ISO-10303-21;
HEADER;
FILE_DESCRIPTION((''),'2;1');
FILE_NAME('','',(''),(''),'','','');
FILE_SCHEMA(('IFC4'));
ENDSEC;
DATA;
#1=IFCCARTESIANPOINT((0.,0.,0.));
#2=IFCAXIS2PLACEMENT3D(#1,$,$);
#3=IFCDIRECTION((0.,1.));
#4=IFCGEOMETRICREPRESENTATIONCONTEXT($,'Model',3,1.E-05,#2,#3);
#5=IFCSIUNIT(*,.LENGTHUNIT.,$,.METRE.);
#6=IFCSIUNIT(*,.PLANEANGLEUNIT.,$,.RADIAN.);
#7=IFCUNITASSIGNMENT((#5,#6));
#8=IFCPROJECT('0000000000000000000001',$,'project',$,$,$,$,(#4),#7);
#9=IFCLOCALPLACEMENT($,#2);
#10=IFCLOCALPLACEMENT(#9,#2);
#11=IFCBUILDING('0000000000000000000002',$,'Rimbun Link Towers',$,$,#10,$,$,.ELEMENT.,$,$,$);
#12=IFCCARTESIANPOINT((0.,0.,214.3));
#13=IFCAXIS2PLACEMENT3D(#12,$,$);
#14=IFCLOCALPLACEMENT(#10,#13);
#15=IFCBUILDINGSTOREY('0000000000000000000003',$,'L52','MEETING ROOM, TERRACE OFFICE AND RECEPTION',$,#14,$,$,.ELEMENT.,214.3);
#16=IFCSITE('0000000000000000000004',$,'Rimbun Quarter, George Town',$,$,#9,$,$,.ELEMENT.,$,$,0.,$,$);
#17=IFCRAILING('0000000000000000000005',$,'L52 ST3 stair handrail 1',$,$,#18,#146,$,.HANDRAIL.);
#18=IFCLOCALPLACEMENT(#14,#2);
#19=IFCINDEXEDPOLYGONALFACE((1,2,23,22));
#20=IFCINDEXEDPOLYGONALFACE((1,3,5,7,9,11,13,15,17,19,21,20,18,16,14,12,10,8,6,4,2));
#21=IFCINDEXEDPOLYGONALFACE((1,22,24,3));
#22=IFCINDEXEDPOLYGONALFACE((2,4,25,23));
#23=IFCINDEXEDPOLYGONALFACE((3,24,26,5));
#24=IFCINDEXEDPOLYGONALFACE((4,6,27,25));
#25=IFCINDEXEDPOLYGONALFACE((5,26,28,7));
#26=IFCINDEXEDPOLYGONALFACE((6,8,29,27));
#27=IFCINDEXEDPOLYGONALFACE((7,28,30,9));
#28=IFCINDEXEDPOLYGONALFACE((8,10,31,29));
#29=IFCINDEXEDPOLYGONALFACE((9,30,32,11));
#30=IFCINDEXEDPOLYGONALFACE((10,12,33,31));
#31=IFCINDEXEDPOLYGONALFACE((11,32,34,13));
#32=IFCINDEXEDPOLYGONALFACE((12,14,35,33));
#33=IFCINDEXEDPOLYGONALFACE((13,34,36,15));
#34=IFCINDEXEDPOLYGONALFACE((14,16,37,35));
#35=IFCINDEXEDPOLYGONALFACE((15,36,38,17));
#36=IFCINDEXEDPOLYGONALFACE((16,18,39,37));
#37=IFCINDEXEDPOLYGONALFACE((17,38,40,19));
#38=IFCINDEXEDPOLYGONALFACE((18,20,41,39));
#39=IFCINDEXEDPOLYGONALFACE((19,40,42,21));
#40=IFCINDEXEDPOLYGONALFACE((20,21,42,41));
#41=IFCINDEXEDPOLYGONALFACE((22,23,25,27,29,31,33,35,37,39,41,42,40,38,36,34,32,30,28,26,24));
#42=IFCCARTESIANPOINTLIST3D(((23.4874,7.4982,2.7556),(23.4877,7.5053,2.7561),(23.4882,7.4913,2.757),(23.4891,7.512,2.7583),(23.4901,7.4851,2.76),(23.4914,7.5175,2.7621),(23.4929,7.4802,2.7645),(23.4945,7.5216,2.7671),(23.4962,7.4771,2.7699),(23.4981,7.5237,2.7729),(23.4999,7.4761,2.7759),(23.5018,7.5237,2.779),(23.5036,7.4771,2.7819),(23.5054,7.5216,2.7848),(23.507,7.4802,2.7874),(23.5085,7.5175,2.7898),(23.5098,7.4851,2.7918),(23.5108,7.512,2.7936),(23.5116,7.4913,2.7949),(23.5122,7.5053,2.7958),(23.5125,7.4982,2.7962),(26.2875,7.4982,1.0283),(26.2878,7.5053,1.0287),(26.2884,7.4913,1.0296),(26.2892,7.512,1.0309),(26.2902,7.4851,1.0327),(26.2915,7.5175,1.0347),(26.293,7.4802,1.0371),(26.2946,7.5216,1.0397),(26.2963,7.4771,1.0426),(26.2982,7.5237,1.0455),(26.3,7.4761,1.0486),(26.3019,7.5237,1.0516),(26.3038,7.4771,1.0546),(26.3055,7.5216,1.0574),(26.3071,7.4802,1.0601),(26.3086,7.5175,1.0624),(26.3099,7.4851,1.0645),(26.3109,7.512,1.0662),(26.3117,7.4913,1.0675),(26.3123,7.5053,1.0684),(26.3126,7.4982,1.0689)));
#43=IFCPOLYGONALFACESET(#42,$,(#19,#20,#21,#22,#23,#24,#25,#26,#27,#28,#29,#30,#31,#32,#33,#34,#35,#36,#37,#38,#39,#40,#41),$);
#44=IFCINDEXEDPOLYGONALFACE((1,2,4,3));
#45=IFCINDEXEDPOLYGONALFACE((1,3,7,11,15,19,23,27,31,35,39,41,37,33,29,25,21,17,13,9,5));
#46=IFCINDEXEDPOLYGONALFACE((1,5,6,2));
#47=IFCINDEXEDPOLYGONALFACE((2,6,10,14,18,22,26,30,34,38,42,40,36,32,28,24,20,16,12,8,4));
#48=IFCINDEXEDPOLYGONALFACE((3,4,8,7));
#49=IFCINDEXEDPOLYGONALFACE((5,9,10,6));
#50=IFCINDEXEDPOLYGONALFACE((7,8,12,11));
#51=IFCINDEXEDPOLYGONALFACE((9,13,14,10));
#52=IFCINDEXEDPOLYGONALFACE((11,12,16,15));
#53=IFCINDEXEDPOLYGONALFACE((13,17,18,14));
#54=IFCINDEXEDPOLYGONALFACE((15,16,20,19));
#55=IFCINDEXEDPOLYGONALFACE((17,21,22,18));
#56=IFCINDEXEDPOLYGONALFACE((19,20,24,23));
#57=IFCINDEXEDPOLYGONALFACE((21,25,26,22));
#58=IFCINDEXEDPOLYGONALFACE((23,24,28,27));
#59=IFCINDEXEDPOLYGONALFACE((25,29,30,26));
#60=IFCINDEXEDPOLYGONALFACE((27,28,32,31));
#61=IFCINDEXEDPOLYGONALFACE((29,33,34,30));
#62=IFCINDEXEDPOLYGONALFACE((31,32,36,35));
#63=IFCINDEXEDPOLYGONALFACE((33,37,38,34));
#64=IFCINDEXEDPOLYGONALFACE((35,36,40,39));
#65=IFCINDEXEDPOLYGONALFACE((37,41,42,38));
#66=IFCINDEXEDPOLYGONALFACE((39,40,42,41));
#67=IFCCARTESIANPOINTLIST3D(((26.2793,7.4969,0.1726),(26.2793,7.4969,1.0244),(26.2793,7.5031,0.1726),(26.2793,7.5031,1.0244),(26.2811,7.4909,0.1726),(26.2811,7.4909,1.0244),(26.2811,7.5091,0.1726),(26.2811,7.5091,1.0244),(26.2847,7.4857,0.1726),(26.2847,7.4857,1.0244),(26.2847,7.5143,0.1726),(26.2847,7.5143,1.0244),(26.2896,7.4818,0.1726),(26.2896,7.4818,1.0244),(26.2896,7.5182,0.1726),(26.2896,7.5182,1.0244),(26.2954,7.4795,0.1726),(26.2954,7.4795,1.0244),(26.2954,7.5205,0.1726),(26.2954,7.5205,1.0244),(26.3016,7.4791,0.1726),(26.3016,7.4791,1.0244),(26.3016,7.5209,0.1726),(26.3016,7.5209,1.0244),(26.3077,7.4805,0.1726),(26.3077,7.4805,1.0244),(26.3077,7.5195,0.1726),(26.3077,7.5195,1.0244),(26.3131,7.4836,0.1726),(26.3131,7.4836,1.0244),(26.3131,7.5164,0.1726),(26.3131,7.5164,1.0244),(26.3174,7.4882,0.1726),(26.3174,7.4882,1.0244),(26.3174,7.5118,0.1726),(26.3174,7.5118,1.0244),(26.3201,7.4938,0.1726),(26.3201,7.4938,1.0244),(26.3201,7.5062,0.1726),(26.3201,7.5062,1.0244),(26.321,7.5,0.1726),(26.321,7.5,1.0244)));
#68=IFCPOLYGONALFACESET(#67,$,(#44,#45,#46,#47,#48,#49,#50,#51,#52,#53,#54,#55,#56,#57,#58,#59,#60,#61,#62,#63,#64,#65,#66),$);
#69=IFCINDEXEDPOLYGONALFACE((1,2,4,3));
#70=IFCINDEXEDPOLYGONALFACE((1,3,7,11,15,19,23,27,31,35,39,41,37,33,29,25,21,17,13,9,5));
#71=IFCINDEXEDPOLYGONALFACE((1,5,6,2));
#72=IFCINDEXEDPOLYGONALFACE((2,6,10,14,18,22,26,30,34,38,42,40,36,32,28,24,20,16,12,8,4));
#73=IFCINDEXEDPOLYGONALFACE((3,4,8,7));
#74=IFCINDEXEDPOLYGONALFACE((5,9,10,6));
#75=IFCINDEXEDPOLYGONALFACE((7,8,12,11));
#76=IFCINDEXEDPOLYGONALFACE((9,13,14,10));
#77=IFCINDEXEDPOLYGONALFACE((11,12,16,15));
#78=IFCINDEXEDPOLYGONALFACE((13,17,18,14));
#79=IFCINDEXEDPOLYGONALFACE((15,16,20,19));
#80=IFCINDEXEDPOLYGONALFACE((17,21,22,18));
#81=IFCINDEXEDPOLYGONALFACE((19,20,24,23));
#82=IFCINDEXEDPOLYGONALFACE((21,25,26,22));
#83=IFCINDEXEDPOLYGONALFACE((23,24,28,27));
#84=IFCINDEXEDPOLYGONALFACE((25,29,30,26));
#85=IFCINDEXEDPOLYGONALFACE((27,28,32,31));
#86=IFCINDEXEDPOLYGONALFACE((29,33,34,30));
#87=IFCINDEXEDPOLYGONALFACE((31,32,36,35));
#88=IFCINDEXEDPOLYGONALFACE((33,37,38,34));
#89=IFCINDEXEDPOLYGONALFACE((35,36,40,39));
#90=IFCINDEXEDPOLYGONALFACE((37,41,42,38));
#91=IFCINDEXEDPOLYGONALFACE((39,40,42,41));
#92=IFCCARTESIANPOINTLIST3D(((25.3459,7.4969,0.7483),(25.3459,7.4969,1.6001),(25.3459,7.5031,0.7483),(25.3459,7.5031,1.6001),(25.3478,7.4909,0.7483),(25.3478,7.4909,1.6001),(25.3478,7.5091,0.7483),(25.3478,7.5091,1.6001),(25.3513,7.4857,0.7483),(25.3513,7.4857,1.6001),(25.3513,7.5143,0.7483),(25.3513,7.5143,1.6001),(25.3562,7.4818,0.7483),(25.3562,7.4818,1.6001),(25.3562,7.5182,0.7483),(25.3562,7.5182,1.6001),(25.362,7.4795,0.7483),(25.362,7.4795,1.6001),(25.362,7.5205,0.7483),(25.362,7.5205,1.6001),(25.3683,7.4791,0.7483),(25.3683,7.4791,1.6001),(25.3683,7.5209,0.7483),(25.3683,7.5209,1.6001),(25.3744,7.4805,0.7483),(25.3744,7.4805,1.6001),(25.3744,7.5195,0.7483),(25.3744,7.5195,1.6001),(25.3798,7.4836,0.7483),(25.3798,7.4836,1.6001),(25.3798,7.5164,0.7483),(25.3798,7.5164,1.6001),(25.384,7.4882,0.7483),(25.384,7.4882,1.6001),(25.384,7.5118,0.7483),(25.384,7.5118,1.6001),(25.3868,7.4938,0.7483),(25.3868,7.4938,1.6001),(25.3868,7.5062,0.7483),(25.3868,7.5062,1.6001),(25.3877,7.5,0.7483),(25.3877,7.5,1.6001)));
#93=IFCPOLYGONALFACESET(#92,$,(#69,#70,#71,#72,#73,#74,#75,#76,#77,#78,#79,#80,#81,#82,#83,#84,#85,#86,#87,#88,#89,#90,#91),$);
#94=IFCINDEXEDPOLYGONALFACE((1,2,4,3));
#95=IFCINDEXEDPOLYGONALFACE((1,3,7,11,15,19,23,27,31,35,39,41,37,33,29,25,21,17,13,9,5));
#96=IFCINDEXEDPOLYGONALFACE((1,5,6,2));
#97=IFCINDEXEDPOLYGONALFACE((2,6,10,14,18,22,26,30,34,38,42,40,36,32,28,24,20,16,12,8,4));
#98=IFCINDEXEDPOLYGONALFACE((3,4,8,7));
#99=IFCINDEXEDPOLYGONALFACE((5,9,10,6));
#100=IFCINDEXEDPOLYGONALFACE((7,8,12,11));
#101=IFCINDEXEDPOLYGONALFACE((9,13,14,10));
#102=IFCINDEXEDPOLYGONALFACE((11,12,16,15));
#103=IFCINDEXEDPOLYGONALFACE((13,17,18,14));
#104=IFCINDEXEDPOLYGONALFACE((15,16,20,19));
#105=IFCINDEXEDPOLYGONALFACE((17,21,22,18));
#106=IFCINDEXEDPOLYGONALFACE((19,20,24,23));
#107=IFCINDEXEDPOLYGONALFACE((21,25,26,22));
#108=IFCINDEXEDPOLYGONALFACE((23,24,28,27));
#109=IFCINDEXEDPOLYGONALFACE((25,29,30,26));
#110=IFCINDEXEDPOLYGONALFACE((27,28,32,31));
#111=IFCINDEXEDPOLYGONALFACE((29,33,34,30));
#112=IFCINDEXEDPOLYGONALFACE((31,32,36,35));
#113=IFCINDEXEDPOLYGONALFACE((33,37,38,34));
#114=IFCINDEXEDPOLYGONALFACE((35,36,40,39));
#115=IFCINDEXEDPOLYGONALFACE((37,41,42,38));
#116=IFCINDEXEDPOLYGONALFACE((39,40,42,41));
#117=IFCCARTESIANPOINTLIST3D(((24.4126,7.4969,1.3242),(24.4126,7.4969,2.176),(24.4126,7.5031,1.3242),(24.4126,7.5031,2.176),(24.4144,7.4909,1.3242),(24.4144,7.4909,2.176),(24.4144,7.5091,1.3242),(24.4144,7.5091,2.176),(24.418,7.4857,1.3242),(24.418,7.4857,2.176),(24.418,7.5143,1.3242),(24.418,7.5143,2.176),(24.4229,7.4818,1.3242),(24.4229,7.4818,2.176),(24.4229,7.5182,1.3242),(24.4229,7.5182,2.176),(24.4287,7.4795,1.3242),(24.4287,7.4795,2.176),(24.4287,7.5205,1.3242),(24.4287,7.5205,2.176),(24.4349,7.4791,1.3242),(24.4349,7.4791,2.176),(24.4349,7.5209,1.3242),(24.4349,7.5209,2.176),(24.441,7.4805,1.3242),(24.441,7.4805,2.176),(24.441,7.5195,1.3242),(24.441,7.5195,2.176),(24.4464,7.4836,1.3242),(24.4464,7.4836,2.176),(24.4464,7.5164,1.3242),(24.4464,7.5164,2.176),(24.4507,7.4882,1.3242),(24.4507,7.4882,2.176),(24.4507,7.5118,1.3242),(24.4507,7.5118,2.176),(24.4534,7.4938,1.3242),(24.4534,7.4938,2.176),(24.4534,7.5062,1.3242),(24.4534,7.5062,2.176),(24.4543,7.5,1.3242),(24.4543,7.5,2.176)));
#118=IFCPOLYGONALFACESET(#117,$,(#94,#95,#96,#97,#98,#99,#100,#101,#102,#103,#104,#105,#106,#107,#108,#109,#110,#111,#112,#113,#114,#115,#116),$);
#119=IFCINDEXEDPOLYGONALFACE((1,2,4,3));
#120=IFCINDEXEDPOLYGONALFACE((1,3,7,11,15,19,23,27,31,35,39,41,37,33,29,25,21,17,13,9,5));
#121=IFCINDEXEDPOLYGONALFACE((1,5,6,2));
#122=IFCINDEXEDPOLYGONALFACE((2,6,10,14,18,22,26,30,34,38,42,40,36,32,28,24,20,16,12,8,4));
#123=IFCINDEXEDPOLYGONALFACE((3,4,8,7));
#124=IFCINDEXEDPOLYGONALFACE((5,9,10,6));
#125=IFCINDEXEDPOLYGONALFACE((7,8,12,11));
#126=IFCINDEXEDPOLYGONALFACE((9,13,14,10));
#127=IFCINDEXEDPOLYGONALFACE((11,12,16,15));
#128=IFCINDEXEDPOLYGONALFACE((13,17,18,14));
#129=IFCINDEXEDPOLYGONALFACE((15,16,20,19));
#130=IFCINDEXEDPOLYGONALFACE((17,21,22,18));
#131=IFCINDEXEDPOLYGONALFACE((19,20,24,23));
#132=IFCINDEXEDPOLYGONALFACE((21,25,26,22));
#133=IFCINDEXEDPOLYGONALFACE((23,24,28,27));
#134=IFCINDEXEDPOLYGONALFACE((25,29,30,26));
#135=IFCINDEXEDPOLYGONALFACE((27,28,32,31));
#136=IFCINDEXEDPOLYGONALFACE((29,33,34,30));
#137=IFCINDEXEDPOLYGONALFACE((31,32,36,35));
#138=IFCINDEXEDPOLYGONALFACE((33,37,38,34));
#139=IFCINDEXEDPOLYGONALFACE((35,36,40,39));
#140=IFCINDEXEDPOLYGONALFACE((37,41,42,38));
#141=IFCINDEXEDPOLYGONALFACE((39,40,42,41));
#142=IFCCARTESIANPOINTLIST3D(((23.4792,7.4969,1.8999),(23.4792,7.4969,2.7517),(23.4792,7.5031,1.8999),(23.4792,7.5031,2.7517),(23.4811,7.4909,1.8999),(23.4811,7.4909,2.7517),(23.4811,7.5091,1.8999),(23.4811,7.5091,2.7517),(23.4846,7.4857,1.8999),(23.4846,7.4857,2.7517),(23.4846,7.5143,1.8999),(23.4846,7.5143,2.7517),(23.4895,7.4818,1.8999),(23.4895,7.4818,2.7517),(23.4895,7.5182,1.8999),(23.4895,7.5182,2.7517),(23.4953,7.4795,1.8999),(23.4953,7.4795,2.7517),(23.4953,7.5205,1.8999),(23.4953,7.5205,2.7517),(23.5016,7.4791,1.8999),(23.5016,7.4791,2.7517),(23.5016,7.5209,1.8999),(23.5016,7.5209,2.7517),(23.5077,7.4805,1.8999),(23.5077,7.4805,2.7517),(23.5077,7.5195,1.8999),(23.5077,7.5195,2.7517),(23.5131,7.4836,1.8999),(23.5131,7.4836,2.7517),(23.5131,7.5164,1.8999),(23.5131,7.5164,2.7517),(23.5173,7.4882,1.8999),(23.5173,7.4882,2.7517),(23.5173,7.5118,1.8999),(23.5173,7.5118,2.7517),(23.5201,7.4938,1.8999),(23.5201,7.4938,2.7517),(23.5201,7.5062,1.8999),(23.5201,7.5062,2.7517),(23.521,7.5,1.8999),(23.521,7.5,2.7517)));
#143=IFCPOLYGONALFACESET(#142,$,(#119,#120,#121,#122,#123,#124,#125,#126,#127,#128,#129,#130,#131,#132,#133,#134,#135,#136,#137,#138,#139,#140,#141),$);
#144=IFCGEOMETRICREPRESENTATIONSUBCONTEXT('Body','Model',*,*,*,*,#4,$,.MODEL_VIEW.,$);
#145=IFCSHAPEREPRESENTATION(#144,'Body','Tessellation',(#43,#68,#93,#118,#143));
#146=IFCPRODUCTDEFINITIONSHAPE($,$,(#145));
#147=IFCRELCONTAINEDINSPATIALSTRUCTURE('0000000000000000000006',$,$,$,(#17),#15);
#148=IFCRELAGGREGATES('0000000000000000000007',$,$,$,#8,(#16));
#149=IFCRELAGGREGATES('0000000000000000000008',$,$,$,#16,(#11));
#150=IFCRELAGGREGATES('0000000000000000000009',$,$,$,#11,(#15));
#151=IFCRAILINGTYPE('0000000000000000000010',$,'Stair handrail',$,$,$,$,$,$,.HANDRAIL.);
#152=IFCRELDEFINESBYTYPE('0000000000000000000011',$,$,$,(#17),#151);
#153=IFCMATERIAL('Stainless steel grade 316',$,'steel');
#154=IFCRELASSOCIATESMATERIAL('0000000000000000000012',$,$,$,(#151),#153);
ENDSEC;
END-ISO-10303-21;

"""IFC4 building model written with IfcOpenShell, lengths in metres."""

from ifc_helpers import new_model, si_unit, direction, frame, origin, origin_2d, place, context, subcontext, project, spatial, circle, extrude, material, type_object, element, save


model = new_model("IFC4")

# Units and contexts
model_context = context("Model", 3, precision=1e-05, world=origin(), true_north=direction((0.0, 1.0)))
body_context = subcontext(model_context, "Body", "Model", "MODEL_VIEW")
ifc_project = project(units=[si_unit("LENGTHUNIT", "METRE"), si_unit("PLANEANGLEUNIT", "RADIAN")], contexts=[model_context])

# Site, building, storey
site_placement = place(None, origin())
site = spatial("IfcSite", under=ifc_project, at=site_placement, Name="Rimbun Quarter, George Town", CompositionType="ELEMENT", RefElevation=0.0)
building_placement = place(site_placement, origin())
building = spatial("IfcBuilding", under=site, at=building_placement, Name="Rimbun Link Towers", CompositionType="ELEMENT")
storey_placement = place(building_placement, frame((0.0, 0.0, 214.3)))
storey = spatial("IfcBuildingStorey", under=building, at=storey_placement, Name="L52", Description="MEETING ROOM, TERRACE OFFICE AND RECEPTION", CompositionType="ELEMENT", Elevation=214.3)

# Railing
ifc_material_1 = material(Name="Stainless steel grade 316", Category="steel")
railing_type_1 = type_object("IfcRailingType", Name="Stair handrail", PredefinedType="HANDRAIL", material=ifc_material_1)
railing_1_placement = place(storey_placement, frame((26.3, 7.5, 0.1726)))
element("IfcRailing", 1, at=railing_1_placement, inside=storey, type_object=railing_type_1, Name="L52 ST3 stair handrail 1", PredefinedType="HANDRAIL", context=body_context, shape_type="SweptSolid", body=[
    extrude(circle(Radius=0.0239, at=origin_2d()), frame((0.0, 0.0, 0.876), z_axis=(-0.85109, 0.0, 0.52502), x_axis=(0.0, -1.0, 0.0)), (0.0, 0.0, 1.0), 3.29),
    extrude(circle(Radius=0.021, at=origin_2d()), origin(), (0.0, 0.0, 1.0), 0.8518),
    extrude(circle(Radius=0.021, at=origin_2d()), frame((-0.9333, 0.0, 0.5757)), (0.0, 0.0, 1.0), 0.8518),
    extrude(circle(Radius=0.021, at=origin_2d()), frame((-1.8667, 0.0, 1.1516)), (0.0, 0.0, 1.0), 0.8518),
    extrude(circle(Radius=0.021, at=origin_2d()), frame((-2.8, 0.0, 1.7273)), (0.0, 0.0, 1.0), 0.8518),
])

save(model, "model.ifc")
